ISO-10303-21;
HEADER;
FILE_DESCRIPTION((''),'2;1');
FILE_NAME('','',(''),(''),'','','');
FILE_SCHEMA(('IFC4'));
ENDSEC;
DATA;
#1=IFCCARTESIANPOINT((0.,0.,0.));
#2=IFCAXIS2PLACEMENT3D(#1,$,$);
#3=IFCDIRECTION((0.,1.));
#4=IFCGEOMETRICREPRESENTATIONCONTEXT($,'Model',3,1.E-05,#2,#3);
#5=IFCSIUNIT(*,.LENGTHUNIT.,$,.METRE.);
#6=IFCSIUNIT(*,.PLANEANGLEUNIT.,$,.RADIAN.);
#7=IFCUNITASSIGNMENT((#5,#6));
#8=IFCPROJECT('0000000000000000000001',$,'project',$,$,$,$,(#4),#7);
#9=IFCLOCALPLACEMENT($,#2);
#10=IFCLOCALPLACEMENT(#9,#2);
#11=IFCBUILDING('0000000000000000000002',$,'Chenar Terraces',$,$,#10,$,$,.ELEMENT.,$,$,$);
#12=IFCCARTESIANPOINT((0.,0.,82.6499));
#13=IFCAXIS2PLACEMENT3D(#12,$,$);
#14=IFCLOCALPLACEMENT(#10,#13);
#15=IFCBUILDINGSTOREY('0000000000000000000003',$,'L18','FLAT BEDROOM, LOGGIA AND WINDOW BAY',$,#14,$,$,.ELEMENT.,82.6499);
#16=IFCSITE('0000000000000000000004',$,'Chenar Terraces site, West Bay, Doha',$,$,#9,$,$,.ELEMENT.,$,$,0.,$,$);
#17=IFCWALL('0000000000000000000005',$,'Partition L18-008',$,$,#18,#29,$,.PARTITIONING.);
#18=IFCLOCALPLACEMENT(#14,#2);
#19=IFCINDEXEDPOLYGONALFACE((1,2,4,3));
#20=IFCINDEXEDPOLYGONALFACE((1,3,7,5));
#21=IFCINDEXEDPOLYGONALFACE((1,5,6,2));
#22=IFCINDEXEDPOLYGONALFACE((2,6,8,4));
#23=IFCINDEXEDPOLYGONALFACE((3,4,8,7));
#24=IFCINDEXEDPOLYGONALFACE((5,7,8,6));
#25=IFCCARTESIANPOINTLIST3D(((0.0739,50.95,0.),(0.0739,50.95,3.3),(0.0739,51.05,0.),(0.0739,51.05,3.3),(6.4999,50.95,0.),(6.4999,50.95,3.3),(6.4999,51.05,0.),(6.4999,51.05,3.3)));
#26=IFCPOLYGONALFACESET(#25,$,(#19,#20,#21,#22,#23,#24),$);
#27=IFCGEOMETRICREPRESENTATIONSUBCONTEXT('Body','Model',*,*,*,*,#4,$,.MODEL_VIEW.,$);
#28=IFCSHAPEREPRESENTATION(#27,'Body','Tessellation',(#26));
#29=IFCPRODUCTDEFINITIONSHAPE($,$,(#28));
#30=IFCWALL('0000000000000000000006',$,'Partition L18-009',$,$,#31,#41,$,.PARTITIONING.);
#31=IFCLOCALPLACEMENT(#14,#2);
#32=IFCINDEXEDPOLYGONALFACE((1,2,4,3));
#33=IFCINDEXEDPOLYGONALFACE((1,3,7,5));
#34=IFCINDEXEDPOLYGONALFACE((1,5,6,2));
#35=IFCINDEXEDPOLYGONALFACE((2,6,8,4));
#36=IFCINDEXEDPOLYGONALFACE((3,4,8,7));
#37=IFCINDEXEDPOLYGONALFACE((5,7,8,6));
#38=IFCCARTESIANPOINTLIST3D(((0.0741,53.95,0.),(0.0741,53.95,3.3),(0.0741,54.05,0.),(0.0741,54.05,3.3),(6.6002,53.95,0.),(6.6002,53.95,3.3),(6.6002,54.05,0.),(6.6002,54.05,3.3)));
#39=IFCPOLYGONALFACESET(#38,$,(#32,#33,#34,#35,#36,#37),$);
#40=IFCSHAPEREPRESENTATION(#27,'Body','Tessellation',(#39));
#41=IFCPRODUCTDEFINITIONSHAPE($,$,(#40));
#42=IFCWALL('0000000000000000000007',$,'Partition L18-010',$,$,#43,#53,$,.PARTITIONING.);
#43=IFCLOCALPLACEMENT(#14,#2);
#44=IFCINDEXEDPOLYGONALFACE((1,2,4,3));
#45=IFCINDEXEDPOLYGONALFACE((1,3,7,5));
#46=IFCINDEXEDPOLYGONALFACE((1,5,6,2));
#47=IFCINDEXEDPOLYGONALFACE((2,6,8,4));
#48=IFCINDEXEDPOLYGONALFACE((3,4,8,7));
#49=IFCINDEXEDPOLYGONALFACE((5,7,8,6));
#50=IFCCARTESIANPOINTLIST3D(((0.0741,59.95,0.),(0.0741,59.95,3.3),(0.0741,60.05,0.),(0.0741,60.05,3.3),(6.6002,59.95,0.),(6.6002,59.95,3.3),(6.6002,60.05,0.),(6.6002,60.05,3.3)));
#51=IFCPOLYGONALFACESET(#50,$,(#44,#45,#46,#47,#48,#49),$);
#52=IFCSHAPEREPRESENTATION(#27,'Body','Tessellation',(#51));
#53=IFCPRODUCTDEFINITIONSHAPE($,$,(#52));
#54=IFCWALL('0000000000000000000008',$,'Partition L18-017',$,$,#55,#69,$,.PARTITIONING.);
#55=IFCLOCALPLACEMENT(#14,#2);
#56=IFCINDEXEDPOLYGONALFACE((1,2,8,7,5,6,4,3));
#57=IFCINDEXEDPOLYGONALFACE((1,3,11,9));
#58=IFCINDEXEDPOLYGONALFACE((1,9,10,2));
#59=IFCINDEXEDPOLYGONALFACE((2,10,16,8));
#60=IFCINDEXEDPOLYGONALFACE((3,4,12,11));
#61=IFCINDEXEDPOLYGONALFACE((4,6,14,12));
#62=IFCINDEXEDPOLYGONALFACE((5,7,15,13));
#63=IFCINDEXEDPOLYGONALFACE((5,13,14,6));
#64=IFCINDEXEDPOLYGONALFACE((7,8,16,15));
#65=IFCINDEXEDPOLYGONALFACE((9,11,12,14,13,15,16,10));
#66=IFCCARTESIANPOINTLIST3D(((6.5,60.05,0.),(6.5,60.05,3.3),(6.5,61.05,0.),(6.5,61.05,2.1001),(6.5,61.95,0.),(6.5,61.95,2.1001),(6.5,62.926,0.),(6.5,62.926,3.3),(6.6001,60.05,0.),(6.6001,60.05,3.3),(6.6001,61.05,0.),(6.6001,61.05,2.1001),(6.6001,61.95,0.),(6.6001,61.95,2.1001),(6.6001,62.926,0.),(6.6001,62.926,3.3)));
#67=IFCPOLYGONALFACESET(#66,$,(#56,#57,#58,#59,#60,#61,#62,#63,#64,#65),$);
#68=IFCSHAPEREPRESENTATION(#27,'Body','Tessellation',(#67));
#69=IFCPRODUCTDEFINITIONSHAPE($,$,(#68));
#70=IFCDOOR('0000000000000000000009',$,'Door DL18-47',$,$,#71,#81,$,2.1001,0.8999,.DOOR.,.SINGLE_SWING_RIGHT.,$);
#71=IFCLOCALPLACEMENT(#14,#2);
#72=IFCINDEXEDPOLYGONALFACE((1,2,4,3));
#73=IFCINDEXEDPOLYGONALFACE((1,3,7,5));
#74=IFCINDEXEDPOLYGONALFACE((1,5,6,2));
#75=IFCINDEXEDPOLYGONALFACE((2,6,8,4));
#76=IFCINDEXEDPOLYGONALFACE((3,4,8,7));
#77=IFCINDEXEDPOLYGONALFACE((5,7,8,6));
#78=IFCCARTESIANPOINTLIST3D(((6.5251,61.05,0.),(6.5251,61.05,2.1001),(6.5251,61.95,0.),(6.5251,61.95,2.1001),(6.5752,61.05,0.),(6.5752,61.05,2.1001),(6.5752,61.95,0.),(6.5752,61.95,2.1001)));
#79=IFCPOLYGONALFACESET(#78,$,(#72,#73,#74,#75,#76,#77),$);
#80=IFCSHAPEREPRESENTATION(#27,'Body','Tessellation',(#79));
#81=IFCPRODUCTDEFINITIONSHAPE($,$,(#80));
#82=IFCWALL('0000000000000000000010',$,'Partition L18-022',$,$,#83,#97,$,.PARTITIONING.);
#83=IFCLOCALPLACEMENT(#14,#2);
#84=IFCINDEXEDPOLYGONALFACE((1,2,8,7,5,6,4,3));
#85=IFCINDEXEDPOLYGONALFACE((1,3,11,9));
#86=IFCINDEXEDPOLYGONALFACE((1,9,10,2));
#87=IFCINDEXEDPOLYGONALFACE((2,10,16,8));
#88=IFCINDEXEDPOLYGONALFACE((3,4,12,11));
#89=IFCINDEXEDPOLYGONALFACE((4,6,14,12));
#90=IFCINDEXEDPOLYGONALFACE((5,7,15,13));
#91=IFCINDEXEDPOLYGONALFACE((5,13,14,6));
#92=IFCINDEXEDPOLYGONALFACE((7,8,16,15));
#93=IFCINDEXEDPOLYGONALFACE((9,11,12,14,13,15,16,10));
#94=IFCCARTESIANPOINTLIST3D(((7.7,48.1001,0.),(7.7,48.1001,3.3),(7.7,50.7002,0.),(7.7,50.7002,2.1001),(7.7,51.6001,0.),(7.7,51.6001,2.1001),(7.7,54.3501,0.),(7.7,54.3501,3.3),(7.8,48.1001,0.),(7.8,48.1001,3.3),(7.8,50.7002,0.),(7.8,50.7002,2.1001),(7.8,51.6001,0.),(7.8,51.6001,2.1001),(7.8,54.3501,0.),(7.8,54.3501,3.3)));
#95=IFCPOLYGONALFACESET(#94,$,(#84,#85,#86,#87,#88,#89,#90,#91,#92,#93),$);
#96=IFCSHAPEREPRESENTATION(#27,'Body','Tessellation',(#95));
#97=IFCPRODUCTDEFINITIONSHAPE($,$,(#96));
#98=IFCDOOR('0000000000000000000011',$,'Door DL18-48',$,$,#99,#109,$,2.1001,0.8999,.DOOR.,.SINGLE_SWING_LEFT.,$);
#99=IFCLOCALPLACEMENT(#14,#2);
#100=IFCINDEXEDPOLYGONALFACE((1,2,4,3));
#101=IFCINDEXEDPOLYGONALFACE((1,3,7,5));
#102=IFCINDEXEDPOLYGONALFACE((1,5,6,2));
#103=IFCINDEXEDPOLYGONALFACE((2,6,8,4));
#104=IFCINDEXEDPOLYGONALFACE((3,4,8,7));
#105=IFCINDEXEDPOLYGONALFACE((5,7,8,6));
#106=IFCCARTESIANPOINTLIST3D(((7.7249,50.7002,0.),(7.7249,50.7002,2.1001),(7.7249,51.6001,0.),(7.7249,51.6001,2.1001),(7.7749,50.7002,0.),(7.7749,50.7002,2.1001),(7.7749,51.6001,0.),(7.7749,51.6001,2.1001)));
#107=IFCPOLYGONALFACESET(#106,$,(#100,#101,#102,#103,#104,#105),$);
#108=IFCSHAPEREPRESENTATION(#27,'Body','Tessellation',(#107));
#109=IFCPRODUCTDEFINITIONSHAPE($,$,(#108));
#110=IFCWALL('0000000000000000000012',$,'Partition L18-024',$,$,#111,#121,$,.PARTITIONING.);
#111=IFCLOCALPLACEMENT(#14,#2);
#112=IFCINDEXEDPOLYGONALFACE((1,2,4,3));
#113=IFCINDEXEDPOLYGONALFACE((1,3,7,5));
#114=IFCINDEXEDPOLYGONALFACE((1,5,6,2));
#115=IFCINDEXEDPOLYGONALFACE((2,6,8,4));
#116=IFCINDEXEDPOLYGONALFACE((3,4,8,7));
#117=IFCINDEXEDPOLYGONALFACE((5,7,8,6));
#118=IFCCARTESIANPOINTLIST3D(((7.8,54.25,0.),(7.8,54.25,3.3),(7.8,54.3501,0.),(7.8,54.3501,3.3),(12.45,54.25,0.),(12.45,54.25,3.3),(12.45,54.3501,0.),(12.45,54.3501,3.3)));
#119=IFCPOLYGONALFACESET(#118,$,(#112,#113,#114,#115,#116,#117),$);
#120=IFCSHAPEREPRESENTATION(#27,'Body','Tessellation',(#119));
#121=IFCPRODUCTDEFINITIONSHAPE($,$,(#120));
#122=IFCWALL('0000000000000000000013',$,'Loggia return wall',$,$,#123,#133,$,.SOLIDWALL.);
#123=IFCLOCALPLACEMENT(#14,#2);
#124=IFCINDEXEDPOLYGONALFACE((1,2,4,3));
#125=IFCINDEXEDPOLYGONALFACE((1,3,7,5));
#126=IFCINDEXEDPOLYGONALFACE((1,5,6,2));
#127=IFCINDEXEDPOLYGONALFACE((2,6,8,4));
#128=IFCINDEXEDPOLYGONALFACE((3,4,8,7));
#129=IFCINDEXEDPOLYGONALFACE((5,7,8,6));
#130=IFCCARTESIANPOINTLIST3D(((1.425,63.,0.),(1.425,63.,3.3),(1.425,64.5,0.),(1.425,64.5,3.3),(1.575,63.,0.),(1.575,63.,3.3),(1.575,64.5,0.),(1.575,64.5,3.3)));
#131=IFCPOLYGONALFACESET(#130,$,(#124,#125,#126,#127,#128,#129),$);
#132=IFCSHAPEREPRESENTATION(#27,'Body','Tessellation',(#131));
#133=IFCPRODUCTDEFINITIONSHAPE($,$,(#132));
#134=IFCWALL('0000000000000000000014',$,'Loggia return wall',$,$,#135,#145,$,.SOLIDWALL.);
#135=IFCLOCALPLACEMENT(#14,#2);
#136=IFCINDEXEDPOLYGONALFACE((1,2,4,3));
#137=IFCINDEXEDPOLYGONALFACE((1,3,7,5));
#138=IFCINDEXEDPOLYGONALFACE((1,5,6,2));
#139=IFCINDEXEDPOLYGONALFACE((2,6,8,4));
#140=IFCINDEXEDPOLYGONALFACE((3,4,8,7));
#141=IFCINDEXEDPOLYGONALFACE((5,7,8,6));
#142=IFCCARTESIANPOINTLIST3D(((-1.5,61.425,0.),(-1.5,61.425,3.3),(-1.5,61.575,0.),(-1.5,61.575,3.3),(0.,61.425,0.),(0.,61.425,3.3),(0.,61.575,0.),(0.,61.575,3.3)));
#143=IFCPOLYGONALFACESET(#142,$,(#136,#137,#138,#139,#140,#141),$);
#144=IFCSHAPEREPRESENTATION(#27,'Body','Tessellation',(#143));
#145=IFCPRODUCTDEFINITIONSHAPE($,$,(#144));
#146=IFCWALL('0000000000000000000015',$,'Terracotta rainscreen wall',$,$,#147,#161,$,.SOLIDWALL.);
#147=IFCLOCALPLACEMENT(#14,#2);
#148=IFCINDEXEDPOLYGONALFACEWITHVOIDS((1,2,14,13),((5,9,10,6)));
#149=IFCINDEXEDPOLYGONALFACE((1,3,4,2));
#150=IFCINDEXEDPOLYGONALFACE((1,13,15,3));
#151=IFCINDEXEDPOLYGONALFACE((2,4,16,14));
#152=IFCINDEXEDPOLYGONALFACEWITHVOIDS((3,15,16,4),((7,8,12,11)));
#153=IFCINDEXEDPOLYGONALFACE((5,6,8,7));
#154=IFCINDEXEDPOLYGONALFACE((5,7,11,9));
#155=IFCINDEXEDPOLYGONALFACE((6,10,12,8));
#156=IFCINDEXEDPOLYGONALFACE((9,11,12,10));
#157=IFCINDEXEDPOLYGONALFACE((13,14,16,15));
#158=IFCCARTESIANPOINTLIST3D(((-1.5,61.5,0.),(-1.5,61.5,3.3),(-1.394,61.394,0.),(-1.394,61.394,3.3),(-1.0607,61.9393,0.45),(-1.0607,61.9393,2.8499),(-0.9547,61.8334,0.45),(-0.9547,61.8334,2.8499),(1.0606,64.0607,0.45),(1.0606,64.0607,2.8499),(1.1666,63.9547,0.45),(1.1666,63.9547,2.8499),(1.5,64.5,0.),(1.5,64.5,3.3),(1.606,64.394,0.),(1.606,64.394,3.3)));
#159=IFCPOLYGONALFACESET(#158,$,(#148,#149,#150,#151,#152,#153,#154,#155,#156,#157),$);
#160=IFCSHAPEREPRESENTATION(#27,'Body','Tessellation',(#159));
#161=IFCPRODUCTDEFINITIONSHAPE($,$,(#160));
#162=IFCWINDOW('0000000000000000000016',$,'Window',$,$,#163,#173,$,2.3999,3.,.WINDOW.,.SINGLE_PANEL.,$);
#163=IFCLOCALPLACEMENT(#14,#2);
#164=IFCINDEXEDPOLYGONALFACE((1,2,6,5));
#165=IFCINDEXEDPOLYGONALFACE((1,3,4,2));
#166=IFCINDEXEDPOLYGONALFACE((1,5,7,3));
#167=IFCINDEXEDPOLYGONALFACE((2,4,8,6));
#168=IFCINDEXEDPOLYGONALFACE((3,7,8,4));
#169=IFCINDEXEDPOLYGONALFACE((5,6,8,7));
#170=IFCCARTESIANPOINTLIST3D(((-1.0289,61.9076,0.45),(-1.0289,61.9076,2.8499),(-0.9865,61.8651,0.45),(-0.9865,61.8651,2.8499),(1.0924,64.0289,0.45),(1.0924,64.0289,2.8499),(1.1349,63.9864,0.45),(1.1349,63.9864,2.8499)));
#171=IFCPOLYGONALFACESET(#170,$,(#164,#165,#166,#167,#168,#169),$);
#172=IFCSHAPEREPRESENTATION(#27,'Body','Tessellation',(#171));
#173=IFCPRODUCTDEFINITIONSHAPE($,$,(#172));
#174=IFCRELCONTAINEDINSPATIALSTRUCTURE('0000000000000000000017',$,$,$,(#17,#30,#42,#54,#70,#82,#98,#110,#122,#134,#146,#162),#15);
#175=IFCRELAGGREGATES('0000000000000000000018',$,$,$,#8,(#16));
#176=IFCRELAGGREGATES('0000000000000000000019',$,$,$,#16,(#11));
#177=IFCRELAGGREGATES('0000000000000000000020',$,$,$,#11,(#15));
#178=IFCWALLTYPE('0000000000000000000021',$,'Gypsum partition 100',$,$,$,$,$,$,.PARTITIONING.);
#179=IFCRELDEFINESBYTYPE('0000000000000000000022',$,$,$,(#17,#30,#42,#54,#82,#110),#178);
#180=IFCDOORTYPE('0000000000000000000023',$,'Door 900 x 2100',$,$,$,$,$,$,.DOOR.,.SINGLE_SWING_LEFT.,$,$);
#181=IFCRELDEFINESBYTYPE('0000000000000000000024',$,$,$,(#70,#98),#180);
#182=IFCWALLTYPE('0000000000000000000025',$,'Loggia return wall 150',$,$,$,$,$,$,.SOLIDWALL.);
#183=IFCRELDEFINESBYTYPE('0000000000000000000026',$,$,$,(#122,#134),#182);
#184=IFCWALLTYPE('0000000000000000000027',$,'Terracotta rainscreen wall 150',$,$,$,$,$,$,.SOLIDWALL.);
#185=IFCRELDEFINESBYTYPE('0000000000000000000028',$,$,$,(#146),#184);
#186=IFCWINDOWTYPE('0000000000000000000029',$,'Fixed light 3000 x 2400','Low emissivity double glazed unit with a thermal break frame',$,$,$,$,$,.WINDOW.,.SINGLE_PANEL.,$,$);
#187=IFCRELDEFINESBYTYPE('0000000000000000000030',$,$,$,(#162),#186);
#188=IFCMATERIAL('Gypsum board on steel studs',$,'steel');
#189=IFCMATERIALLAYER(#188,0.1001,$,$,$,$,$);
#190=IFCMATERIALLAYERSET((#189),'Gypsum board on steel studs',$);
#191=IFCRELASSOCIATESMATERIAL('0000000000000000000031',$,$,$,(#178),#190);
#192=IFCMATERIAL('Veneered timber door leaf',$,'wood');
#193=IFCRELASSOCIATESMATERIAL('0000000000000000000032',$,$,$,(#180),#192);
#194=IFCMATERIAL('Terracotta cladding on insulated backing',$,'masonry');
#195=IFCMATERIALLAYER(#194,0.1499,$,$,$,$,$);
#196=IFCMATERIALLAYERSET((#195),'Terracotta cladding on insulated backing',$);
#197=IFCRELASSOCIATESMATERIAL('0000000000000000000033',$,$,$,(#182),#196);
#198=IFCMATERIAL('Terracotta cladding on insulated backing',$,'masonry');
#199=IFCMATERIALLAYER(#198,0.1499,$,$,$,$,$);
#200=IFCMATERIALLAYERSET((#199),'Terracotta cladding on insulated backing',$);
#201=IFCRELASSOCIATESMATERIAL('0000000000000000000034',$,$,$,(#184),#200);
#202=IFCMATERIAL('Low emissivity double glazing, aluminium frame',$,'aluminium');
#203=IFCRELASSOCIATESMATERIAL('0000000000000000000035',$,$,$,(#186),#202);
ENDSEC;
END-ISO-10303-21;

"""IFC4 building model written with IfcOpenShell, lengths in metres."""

from ifc_helpers import new_model, si_unit, direction, frame, frame_2d, origin, place, context, subcontext, project, spatial, rectangle, extrude, material, layer, layer_set, type_object, element, fill, save


model = new_model("IFC4")

# Units and contexts
model_context = context("Model", 3, precision=1e-05, world=origin(), true_north=direction((0.0, 1.0)))
body_context = subcontext(model_context, "Body", "Model", "MODEL_VIEW")
ifc_project = project(units=[si_unit("LENGTHUNIT", "METRE"), si_unit("PLANEANGLEUNIT", "RADIAN")], contexts=[model_context])

# Site, building, storey
site_placement = place(None, origin())
site = spatial("IfcSite", under=ifc_project, at=site_placement, Name="Chenar Terraces site, West Bay, Doha", CompositionType="ELEMENT", RefElevation=0.0)
building_placement = place(site_placement, origin())
building = spatial("IfcBuilding", under=site, at=building_placement, Name="Chenar Terraces", CompositionType="ELEMENT")
storey_placement = place(building_placement, frame((0.0, 0.0, 82.6499)))
storey = spatial("IfcBuildingStorey", under=building, at=storey_placement, Name="L18", Description="FLAT BEDROOM, LOGGIA AND WINDOW BAY", CompositionType="ELEMENT", Elevation=82.6499)

# Walls
ifc_material_1 = material(Name="Gypsum board on steel studs", Category="steel")
ifc_layer_1 = layer(ifc_material_1, 0.1001)
ifc_layer_set_1 = layer_set([ifc_layer_1], Name="Gypsum board on steel studs")
wall_type_1 = type_object("IfcWallType", Name="Gypsum partition 100", PredefinedType="PARTITIONING", material=ifc_layer_set_1)
wall_1_placement = place(storey_placement, frame((0.074, 51.0, 0.0), z_axis=(0.0, 0.0, 1.0), x_axis=(1.0, 0.0, 0.0)))
element("IfcWall", 1, at=wall_1_placement, inside=storey, type_object=wall_type_1, Name="Partition L18-008", PredefinedType="PARTITIONING", context=body_context, shape_type="SweptSolid", body=[
    extrude(rectangle(XDim=6.426, YDim=0.1001, at=frame_2d((3.2129, 0.0))), origin(), (0.0, 0.0, 1.0), 3.3),
])
for number, where, z_axis, x_axis, name in (
    (2, (0.074, 54.0, 0.0), (0.0, 0.0, 1.0), (1.0, 0.0, 0.0), "Partition L18-009"),
    (3, (0.074, 60.0, 0.0), (0.0, 0.0, 1.0), (1.0, 0.0, 0.0), "Partition L18-010"),
):
    element("IfcWall", number, at=place(storey_placement, frame(where, z_axis=z_axis, x_axis=x_axis)), inside=storey, type_object=wall_type_1, Name=name, PredefinedType="PARTITIONING", context=body_context, shape_type="SweptSolid", body=[
        extrude(rectangle(XDim=6.5261, YDim=0.1001, at=frame_2d((3.2632, 0.0))), origin(), (0.0, 0.0, 1.0), 3.3),
    ])

# Walls, openings, doors
wall_2_placement = place(storey_placement, frame((6.55, 60.05, 0.0), z_axis=(0.0, 0.0, 1.0), x_axis=(0.0, 1.0, 0.0)))
wall_2 = element("IfcWall", 4, at=wall_2_placement, inside=storey, type_object=wall_type_1, Name="Partition L18-017", PredefinedType="PARTITIONING", context=body_context, shape_type="SweptSolid", body=[
    extrude(rectangle(XDim=2.876, YDim=0.1001, at=frame_2d((1.438, 0.0))), origin(), (0.0, 0.0, 1.0), 3.3),
])
opening_1_placement = place(wall_2_placement, frame((1.0, 0.0, 0.0)))
opening_1 = element("IfcOpeningElement", 5, at=opening_1_placement, cuts=wall_2, PredefinedType="OPENING", context=body_context, shape_type="SweptSolid", body=[
    extrude(rectangle(XDim=0.8999, YDim=2.1001, at=frame_2d((0.45, 1.05))), frame((0.0, 0.0601, 0.0), z_axis=(0.0, -1.0, 0.0), x_axis=(1.0, 0.0, 0.0)), (0.0, 0.0, 1.0), 0.1201),
])
ifc_material_2 = material(Name="Veneered timber door leaf", Category="wood")
door_type_1 = type_object("IfcDoorType", Name="Door 900 x 2100", OperationType="SINGLE_SWING_LEFT", PredefinedType="DOOR", material=ifc_material_2)
door_1_placement = place(opening_1_placement, origin())
door_1 = element("IfcDoor", 6, at=door_1_placement, inside=storey, type_object=door_type_1, Name="Door DL18-47", OperationType="SINGLE_SWING_RIGHT", OverallHeight=2.1001, OverallWidth=0.8999, PredefinedType="DOOR", context=body_context, shape_type="SweptSolid", body=[
    extrude(rectangle(XDim=0.8999, YDim=2.1001, at=frame_2d((0.45, 1.05))), frame((0.0, 0.0249, 0.0), z_axis=(0.0, -1.0, 0.0), x_axis=(1.0, 0.0, 0.0)), (0.0, 0.0, 1.0), 0.05),
])
fill(opening_1, door_1)
wall_3_placement = place(storey_placement, frame((7.75, 48.1001, 0.0), z_axis=(0.0, 0.0, 1.0), x_axis=(0.0, 1.0, 0.0)))
wall_3 = element("IfcWall", 7, at=wall_3_placement, inside=storey, type_object=wall_type_1, Name="Partition L18-022", PredefinedType="PARTITIONING", context=body_context, shape_type="SweptSolid", body=[
    extrude(rectangle(XDim=6.25, YDim=0.1001, at=frame_2d((3.125, 0.0))), origin(), (0.0, 0.0, 1.0), 3.3),
])
opening_2_placement = place(wall_3_placement, frame((2.6001, 0.0, 0.0)))
opening_2 = element("IfcOpeningElement", 8, at=opening_2_placement, cuts=wall_3, PredefinedType="OPENING", context=body_context, shape_type="SweptSolid", body=[
    extrude(rectangle(XDim=0.8999, YDim=2.1001, at=frame_2d((0.45, 1.05))), frame((0.0, 0.0601, 0.0), z_axis=(0.0, -1.0, 0.0), x_axis=(1.0, 0.0, 0.0)), (0.0, 0.0, 1.0), 0.1201),
])
door_2_placement = place(opening_2_placement, frame((0.8999, 0.0, 0.0), z_axis=(0.0, 0.0, 1.0), x_axis=(-1.0, 0.0, 0.0)))
door_2 = element("IfcDoor", 9, at=door_2_placement, inside=storey, type_object=door_type_1, Name="Door DL18-48", OperationType="SINGLE_SWING_LEFT", OverallHeight=2.1001, OverallWidth=0.8999, PredefinedType="DOOR", context=body_context, shape_type="SweptSolid", body=[
    extrude(rectangle(XDim=0.8999, YDim=2.1001, at=frame_2d((0.45, 1.05))), frame((0.0, 0.0249, 0.0), z_axis=(0.0, -1.0, 0.0), x_axis=(1.0, 0.0, 0.0)), (0.0, 0.0, 1.0), 0.05),
])
fill(opening_2, door_2)

# Walls
wall_4_placement = place(storey_placement, frame((7.8, 54.3, 0.0), z_axis=(0.0, 0.0, 1.0), x_axis=(1.0, 0.0, 0.0)))
element("IfcWall", 10, at=wall_4_placement, inside=storey, type_object=wall_type_1, Name="Partition L18-024", PredefinedType="PARTITIONING", context=body_context, shape_type="SweptSolid", body=[
    extrude(rectangle(XDim=4.6499, YDim=0.1001, at=frame_2d((2.325, 0.0))), origin(), (0.0, 0.0, 1.0), 3.3),
])
ifc_material_3 = material(Name="Terracotta cladding on insulated backing", Category="masonry")
ifc_layer_2 = layer(ifc_material_3, 0.1499)
ifc_layer_set_2 = layer_set([ifc_layer_2], Name="Terracotta cladding on insulated backing")
wall_type_2 = type_object("IfcWallType", Name="Loggia return wall 150", PredefinedType="SOLIDWALL", material=ifc_layer_set_2)
for number, where, z_axis, x_axis, name in (
    (11, (1.5, 64.5, 0.0), (0.0, 0.0, 1.0), (0.0, -1.0, 0.0), "Loggia return wall"),
    (12, (-1.5, 61.5, 0.0), (0.0, 0.0, 1.0), (1.0, 0.0, 0.0), "Loggia return wall"),
):
    element("IfcWall", number, at=place(storey_placement, frame(where, z_axis=z_axis, x_axis=x_axis)), inside=storey, type_object=wall_type_2, Name=name, PredefinedType="SOLIDWALL", context=body_context, shape_type="SweptSolid", body=[
        extrude(rectangle(XDim=1.5, YDim=0.1499, at=frame_2d((0.75, 0.0))), origin(), (0.0, 0.0, 1.0), 3.3),
    ])

# Wall, opening, window
ifc_material_4 = material(Name="Terracotta cladding on insulated backing", Category="masonry")
ifc_layer_3 = layer(ifc_material_4, 0.1499)
ifc_layer_set_3 = layer_set([ifc_layer_3], Name="Terracotta cladding on insulated backing")
wall_type_3 = type_object("IfcWallType", Name="Terracotta rainscreen wall 150", PredefinedType="SOLIDWALL", material=ifc_layer_set_3)
wall_5_placement = place(storey_placement, frame((1.553, 64.447, 0.0), z_axis=(0.0, 0.0, 1.0), x_axis=(-0.707107, -0.707107, 0.0)))
wall_5 = element("IfcWall", 13, at=wall_5_placement, inside=storey, type_object=wall_type_3, Name="Terracotta rainscreen wall", PredefinedType="SOLIDWALL", context=body_context, shape_type="SweptSolid", body=[
    extrude(rectangle(XDim=4.2427, YDim=0.1499, at=frame_2d((2.1213, 0.0))), origin(), (0.0, 0.0, 1.0), 3.3),
])
opening_3_placement = place(wall_5_placement, frame((0.6213, 0.0, 0.45)))
opening_3 = element("IfcOpeningElement", 14, at=opening_3_placement, cuts=wall_5, PredefinedType="OPENING", context=body_context, shape_type="SweptSolid", body=[
    extrude(rectangle(XDim=3.0, YDim=2.3999, at=frame_2d((1.5, 1.2))), frame((0.0, 0.085, 0.0), z_axis=(0.0, -1.0, 0.0), x_axis=(1.0, 0.0, 0.0)), (0.0, 0.0, 1.0), 0.1699),
])
ifc_material_5 = material(Name="Low emissivity double glazing, aluminium frame", Category="aluminium")
window_type_1 = type_object("IfcWindowType", Name="Fixed light 3000 x 2400", Description="Low emissivity double glazed unit with a thermal break frame", PartitioningType="SINGLE_PANEL", PredefinedType="WINDOW", material=ifc_material_5)
window_1_placement = place(opening_3_placement, origin())
window_1 = element("IfcWindow", 15, at=window_1_placement, inside=storey, type_object=window_type_1, Name="Window", OverallHeight=2.3999, OverallWidth=3.0, PartitioningType="SINGLE_PANEL", PredefinedType="WINDOW", context=body_context, shape_type="SweptSolid", body=[
    extrude(rectangle(XDim=3.0, YDim=2.3999, at=frame_2d((1.5, 1.2))), frame((0.0, 0.03, 0.0), z_axis=(0.0, -1.0, 0.0), x_axis=(1.0, 0.0, 0.0)), (0.0, 0.0, 1.0), 0.0601),
])
fill(opening_3, window_1)

save(model, "model.ifc")
